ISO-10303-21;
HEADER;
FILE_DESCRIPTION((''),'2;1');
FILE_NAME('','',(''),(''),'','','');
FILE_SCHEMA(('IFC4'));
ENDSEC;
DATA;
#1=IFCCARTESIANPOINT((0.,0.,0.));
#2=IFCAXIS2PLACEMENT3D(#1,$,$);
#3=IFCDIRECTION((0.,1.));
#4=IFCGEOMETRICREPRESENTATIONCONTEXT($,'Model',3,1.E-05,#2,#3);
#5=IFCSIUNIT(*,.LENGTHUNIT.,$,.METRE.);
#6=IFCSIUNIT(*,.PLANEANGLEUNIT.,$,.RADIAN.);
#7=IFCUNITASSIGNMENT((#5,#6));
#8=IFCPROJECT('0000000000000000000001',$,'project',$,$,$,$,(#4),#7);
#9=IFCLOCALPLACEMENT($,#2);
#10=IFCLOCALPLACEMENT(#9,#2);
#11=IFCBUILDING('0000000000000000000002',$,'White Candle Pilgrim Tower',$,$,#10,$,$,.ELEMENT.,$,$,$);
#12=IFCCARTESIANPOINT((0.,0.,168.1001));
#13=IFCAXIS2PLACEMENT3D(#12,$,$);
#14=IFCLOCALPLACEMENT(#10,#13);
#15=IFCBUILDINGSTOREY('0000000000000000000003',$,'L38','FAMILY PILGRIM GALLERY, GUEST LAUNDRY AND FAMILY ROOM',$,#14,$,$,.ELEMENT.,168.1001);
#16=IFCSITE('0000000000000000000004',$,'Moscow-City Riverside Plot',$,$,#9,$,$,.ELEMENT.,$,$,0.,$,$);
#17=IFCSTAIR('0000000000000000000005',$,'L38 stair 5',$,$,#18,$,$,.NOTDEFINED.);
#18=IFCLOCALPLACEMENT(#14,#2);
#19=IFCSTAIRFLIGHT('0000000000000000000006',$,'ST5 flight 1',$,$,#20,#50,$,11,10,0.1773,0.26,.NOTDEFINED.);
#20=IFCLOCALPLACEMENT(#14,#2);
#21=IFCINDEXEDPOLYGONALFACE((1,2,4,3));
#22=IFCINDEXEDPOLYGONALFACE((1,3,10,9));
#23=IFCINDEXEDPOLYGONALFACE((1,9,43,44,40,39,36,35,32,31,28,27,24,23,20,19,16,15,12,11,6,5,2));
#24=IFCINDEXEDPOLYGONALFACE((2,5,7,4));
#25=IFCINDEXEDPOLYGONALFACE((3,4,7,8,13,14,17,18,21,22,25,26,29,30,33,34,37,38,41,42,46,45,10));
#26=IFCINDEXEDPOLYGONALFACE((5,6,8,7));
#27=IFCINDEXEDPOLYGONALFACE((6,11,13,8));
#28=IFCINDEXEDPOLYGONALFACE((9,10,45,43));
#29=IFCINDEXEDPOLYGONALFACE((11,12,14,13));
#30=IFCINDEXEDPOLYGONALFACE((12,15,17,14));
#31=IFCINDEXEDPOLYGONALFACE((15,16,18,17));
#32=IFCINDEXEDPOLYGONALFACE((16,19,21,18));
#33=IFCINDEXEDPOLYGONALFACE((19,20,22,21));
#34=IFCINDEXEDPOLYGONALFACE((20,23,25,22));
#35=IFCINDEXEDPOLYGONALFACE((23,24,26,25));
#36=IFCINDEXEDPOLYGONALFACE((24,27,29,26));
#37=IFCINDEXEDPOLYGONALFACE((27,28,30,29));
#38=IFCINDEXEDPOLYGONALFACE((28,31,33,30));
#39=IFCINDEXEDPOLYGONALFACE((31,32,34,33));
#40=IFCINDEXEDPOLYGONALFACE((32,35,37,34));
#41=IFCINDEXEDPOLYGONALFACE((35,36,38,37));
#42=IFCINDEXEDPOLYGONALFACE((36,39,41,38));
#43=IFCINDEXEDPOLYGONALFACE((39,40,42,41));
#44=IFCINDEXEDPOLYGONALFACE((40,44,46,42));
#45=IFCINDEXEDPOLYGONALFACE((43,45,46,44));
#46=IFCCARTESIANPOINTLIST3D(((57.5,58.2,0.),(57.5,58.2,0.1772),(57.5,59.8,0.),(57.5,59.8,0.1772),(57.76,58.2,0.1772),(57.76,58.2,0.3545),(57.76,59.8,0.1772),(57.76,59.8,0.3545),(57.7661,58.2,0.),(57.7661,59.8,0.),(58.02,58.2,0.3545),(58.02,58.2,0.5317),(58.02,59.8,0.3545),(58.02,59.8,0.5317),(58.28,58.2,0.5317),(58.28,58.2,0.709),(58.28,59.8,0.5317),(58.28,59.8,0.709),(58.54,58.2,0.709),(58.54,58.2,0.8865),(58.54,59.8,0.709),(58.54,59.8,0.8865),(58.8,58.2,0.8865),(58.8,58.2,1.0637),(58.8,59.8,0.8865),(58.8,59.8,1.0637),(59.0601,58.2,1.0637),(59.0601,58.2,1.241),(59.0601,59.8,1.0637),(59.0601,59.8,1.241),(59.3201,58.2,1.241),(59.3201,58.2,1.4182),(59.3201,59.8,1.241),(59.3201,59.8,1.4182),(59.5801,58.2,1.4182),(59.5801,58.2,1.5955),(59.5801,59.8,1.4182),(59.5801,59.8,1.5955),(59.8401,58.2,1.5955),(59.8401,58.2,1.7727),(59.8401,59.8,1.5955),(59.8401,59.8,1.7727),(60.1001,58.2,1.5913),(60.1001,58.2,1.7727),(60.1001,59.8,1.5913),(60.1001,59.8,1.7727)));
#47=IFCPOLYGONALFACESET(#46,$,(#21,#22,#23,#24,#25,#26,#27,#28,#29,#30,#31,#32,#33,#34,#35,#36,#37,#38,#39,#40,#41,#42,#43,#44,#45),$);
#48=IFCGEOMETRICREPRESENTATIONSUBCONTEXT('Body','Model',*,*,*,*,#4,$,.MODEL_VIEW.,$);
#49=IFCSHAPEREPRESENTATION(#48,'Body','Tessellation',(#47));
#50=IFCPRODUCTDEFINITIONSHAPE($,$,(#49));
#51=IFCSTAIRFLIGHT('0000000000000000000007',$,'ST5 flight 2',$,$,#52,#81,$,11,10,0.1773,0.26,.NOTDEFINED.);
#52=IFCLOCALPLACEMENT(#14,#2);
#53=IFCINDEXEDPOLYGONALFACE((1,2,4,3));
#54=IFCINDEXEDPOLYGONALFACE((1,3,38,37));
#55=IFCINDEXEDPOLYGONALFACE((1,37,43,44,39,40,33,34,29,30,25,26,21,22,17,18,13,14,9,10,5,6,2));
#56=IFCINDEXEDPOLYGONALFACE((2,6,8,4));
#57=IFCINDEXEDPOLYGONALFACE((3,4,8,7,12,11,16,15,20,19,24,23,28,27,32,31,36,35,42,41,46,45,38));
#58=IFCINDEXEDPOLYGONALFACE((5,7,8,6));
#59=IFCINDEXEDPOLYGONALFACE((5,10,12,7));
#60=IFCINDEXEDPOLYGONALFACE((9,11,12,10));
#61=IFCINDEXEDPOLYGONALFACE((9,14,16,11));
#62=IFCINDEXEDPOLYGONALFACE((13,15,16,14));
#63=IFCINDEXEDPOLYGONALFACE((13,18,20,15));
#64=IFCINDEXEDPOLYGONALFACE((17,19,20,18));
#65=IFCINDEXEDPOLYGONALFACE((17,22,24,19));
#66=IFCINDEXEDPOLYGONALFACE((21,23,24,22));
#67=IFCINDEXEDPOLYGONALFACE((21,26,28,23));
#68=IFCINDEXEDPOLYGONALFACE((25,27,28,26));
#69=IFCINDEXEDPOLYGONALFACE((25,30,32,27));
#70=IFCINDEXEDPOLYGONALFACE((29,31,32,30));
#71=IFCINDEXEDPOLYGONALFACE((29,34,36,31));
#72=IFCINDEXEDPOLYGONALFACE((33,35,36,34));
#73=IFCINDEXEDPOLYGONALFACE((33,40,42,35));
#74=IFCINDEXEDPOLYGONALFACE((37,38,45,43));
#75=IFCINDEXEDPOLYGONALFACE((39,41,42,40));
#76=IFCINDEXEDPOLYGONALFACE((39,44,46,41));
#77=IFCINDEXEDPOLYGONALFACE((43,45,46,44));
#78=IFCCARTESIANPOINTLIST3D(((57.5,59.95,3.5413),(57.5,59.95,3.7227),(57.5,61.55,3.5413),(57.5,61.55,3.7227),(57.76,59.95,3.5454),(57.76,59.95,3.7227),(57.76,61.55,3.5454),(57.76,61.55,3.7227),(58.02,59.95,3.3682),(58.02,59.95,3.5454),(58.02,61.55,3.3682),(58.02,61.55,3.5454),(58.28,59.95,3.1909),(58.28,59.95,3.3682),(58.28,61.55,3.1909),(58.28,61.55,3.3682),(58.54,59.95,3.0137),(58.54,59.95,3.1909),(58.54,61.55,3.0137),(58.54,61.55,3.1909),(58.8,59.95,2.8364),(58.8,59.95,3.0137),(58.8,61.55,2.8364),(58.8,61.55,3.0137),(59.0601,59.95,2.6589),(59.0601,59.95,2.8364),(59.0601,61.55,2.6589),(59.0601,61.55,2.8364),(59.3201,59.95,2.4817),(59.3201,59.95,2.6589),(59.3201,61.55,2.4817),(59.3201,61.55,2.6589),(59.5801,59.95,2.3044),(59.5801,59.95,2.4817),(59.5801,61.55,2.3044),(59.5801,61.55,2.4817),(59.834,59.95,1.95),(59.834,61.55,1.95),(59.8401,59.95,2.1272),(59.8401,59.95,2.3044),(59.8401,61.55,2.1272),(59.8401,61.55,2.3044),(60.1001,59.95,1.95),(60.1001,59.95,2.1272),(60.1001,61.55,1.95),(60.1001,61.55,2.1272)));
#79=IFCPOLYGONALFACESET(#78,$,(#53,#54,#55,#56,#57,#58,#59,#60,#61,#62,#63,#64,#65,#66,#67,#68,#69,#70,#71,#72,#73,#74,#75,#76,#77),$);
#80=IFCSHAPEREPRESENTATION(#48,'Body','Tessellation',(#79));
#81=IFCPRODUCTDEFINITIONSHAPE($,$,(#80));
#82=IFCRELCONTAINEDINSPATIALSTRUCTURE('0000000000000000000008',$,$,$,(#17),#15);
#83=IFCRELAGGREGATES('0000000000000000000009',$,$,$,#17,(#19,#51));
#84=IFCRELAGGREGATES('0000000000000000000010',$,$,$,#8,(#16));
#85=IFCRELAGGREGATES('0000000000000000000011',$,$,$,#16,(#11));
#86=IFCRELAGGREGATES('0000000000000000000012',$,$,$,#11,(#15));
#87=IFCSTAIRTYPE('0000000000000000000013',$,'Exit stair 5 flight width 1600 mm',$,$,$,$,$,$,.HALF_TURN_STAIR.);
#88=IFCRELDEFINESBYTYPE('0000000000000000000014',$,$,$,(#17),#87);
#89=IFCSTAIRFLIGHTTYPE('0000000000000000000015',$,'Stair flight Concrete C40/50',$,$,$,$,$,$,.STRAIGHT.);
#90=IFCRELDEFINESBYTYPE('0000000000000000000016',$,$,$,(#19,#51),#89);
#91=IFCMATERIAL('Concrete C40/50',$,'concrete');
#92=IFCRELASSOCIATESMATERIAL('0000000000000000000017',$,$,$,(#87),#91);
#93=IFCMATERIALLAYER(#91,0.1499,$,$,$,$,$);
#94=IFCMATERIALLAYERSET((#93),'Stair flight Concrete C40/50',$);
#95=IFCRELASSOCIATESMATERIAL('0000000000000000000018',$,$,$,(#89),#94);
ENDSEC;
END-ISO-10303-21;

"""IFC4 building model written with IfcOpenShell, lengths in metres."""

from ifc_helpers import new_model, si_unit, direction, frame, origin, place, context, subcontext, project, spatial, polyline, outline, extrude, material, layer, layer_set, type_object, element, aggregate, save


model = new_model("IFC4")

# Units and contexts
model_context = context("Model", 3, precision=1e-05, world=origin(), true_north=direction((0.0, 1.0)))
body_context = subcontext(model_context, "Body", "Model", "MODEL_VIEW")
ifc_project = project(units=[si_unit("LENGTHUNIT", "METRE"), si_unit("PLANEANGLEUNIT", "RADIAN")], contexts=[model_context])

# Site, building, storey
site_placement = place(None, origin())
site = spatial("IfcSite", under=ifc_project, at=site_placement, Name="Moscow-City Riverside Plot", CompositionType="ELEMENT", RefElevation=0.0)
building_placement = place(site_placement, origin())
building = spatial("IfcBuilding", under=site, at=building_placement, Name="White Candle Pilgrim Tower", CompositionType="ELEMENT")
storey_placement = place(building_placement, frame((0.0, 0.0, 168.1001)))
storey = spatial("IfcBuildingStorey", under=building, at=storey_placement, Name="L38", Description="FAMILY PILGRIM GALLERY, GUEST LAUNDRY AND FAMILY ROOM", CompositionType="ELEMENT", Elevation=168.1001)

# Stair, stair flights
ifc_material_1 = material(Name="Concrete C40/50", Category="concrete")
stair_type = type_object("IfcStairType", Name="Exit stair 5 flight width 1600 mm", PredefinedType="HALF_TURN_STAIR", material=ifc_material_1)
stair_placement = place(storey_placement, origin())
stair = element("IfcStair", 1, at=stair_placement, inside=storey, type_object=stair_type, Name="L38 stair 5", PredefinedType="NOTDEFINED")
ifc_layer_1 = layer(ifc_material_1, 0.1499)
ifc_layer_set_1 = layer_set([ifc_layer_1], Name="Stair flight Concrete C40/50")
stair_flight_type = type_object("IfcStairFlightType", Name="Stair flight Concrete C40/50", PredefinedType="STRAIGHT", material=ifc_layer_set_1)
stair_flight_1_placement = place(storey_placement, frame((57.5, 59.0, 0.0), z_axis=(0.0, 0.0, 1.0), x_axis=(1.0, 0.0, 0.0)))
stair_flight_1 = element("IfcStairFlight", 2, at=stair_flight_1_placement, type_object=stair_flight_type, Name="ST5 flight 1", NumberOfRisers=11, NumberOfTreads=10, PredefinedType="NOTDEFINED", RiserHeight=0.1773, TreadLength=0.26, context=body_context, shape_type="SweptSolid", body=[
    extrude(outline(polyline([(0.0, 0.0), (0.0, 0.1772), (0.26, 0.1772), (0.26, 0.3545), (0.52, 0.3545), (0.52, 0.5317), (0.78, 0.5317), (0.78, 0.709), (1.04, 0.709), (1.04, 0.8865), (1.3, 0.8865), (1.3, 1.0637), (1.5601, 1.0637), (1.5601, 1.241), (1.8201, 1.241), (1.8201, 1.4182), (2.0801, 1.4182), (2.0801, 1.5955), (2.3401, 1.5955), (2.3401, 1.7727), (2.6001, 1.7727), (2.6001, 1.95), (2.6001, 1.5913), (0.2661, 0.0), (0.0, 0.0)])), frame((0.0, 0.8, 0.0), z_axis=(0.0, -1.0, 0.0), x_axis=(1.0, 0.0, 0.0)), (0.0, 0.0, 1.0), 1.6001),
])
stair_flight_2_placement = place(storey_placement, frame((60.1001, 60.75, 1.95), z_axis=(0.0, 0.0, 1.0), x_axis=(-1.0, 0.0, 0.0)))
stair_flight_2 = element("IfcStairFlight", 3, at=stair_flight_2_placement, type_object=stair_flight_type, Name="ST5 flight 2", NumberOfRisers=11, NumberOfTreads=10, PredefinedType="NOTDEFINED", RiserHeight=0.1773, TreadLength=0.26, context=body_context, shape_type="SweptSolid", body=[
    extrude(outline(polyline([(0.0, 0.0), (0.0, 0.1772), (0.26, 0.1772), (0.26, 0.3545), (0.52, 0.3545), (0.52, 0.5317), (0.78, 0.5317), (0.78, 0.709), (1.04, 0.709), (1.04, 0.8865), (1.3, 0.8865), (1.3, 1.0637), (1.5601, 1.0637), (1.5601, 1.241), (1.8201, 1.241), (1.8201, 1.4182), (2.0801, 1.4182), (2.0801, 1.5955), (2.3401, 1.5955), (2.3401, 1.7727), (2.6001, 1.7727), (2.6001, 1.95), (2.6001, 1.5913), (0.2661, 0.0), (0.0, 0.0)])), frame((0.0, 0.8, 0.0), z_axis=(0.0, -1.0, 0.0), x_axis=(1.0, 0.0, 0.0)), (0.0, 0.0, 1.0), 1.6001),
])
aggregate(stair, [stair_flight_1, stair_flight_2])

save(model, "model.ifc")
